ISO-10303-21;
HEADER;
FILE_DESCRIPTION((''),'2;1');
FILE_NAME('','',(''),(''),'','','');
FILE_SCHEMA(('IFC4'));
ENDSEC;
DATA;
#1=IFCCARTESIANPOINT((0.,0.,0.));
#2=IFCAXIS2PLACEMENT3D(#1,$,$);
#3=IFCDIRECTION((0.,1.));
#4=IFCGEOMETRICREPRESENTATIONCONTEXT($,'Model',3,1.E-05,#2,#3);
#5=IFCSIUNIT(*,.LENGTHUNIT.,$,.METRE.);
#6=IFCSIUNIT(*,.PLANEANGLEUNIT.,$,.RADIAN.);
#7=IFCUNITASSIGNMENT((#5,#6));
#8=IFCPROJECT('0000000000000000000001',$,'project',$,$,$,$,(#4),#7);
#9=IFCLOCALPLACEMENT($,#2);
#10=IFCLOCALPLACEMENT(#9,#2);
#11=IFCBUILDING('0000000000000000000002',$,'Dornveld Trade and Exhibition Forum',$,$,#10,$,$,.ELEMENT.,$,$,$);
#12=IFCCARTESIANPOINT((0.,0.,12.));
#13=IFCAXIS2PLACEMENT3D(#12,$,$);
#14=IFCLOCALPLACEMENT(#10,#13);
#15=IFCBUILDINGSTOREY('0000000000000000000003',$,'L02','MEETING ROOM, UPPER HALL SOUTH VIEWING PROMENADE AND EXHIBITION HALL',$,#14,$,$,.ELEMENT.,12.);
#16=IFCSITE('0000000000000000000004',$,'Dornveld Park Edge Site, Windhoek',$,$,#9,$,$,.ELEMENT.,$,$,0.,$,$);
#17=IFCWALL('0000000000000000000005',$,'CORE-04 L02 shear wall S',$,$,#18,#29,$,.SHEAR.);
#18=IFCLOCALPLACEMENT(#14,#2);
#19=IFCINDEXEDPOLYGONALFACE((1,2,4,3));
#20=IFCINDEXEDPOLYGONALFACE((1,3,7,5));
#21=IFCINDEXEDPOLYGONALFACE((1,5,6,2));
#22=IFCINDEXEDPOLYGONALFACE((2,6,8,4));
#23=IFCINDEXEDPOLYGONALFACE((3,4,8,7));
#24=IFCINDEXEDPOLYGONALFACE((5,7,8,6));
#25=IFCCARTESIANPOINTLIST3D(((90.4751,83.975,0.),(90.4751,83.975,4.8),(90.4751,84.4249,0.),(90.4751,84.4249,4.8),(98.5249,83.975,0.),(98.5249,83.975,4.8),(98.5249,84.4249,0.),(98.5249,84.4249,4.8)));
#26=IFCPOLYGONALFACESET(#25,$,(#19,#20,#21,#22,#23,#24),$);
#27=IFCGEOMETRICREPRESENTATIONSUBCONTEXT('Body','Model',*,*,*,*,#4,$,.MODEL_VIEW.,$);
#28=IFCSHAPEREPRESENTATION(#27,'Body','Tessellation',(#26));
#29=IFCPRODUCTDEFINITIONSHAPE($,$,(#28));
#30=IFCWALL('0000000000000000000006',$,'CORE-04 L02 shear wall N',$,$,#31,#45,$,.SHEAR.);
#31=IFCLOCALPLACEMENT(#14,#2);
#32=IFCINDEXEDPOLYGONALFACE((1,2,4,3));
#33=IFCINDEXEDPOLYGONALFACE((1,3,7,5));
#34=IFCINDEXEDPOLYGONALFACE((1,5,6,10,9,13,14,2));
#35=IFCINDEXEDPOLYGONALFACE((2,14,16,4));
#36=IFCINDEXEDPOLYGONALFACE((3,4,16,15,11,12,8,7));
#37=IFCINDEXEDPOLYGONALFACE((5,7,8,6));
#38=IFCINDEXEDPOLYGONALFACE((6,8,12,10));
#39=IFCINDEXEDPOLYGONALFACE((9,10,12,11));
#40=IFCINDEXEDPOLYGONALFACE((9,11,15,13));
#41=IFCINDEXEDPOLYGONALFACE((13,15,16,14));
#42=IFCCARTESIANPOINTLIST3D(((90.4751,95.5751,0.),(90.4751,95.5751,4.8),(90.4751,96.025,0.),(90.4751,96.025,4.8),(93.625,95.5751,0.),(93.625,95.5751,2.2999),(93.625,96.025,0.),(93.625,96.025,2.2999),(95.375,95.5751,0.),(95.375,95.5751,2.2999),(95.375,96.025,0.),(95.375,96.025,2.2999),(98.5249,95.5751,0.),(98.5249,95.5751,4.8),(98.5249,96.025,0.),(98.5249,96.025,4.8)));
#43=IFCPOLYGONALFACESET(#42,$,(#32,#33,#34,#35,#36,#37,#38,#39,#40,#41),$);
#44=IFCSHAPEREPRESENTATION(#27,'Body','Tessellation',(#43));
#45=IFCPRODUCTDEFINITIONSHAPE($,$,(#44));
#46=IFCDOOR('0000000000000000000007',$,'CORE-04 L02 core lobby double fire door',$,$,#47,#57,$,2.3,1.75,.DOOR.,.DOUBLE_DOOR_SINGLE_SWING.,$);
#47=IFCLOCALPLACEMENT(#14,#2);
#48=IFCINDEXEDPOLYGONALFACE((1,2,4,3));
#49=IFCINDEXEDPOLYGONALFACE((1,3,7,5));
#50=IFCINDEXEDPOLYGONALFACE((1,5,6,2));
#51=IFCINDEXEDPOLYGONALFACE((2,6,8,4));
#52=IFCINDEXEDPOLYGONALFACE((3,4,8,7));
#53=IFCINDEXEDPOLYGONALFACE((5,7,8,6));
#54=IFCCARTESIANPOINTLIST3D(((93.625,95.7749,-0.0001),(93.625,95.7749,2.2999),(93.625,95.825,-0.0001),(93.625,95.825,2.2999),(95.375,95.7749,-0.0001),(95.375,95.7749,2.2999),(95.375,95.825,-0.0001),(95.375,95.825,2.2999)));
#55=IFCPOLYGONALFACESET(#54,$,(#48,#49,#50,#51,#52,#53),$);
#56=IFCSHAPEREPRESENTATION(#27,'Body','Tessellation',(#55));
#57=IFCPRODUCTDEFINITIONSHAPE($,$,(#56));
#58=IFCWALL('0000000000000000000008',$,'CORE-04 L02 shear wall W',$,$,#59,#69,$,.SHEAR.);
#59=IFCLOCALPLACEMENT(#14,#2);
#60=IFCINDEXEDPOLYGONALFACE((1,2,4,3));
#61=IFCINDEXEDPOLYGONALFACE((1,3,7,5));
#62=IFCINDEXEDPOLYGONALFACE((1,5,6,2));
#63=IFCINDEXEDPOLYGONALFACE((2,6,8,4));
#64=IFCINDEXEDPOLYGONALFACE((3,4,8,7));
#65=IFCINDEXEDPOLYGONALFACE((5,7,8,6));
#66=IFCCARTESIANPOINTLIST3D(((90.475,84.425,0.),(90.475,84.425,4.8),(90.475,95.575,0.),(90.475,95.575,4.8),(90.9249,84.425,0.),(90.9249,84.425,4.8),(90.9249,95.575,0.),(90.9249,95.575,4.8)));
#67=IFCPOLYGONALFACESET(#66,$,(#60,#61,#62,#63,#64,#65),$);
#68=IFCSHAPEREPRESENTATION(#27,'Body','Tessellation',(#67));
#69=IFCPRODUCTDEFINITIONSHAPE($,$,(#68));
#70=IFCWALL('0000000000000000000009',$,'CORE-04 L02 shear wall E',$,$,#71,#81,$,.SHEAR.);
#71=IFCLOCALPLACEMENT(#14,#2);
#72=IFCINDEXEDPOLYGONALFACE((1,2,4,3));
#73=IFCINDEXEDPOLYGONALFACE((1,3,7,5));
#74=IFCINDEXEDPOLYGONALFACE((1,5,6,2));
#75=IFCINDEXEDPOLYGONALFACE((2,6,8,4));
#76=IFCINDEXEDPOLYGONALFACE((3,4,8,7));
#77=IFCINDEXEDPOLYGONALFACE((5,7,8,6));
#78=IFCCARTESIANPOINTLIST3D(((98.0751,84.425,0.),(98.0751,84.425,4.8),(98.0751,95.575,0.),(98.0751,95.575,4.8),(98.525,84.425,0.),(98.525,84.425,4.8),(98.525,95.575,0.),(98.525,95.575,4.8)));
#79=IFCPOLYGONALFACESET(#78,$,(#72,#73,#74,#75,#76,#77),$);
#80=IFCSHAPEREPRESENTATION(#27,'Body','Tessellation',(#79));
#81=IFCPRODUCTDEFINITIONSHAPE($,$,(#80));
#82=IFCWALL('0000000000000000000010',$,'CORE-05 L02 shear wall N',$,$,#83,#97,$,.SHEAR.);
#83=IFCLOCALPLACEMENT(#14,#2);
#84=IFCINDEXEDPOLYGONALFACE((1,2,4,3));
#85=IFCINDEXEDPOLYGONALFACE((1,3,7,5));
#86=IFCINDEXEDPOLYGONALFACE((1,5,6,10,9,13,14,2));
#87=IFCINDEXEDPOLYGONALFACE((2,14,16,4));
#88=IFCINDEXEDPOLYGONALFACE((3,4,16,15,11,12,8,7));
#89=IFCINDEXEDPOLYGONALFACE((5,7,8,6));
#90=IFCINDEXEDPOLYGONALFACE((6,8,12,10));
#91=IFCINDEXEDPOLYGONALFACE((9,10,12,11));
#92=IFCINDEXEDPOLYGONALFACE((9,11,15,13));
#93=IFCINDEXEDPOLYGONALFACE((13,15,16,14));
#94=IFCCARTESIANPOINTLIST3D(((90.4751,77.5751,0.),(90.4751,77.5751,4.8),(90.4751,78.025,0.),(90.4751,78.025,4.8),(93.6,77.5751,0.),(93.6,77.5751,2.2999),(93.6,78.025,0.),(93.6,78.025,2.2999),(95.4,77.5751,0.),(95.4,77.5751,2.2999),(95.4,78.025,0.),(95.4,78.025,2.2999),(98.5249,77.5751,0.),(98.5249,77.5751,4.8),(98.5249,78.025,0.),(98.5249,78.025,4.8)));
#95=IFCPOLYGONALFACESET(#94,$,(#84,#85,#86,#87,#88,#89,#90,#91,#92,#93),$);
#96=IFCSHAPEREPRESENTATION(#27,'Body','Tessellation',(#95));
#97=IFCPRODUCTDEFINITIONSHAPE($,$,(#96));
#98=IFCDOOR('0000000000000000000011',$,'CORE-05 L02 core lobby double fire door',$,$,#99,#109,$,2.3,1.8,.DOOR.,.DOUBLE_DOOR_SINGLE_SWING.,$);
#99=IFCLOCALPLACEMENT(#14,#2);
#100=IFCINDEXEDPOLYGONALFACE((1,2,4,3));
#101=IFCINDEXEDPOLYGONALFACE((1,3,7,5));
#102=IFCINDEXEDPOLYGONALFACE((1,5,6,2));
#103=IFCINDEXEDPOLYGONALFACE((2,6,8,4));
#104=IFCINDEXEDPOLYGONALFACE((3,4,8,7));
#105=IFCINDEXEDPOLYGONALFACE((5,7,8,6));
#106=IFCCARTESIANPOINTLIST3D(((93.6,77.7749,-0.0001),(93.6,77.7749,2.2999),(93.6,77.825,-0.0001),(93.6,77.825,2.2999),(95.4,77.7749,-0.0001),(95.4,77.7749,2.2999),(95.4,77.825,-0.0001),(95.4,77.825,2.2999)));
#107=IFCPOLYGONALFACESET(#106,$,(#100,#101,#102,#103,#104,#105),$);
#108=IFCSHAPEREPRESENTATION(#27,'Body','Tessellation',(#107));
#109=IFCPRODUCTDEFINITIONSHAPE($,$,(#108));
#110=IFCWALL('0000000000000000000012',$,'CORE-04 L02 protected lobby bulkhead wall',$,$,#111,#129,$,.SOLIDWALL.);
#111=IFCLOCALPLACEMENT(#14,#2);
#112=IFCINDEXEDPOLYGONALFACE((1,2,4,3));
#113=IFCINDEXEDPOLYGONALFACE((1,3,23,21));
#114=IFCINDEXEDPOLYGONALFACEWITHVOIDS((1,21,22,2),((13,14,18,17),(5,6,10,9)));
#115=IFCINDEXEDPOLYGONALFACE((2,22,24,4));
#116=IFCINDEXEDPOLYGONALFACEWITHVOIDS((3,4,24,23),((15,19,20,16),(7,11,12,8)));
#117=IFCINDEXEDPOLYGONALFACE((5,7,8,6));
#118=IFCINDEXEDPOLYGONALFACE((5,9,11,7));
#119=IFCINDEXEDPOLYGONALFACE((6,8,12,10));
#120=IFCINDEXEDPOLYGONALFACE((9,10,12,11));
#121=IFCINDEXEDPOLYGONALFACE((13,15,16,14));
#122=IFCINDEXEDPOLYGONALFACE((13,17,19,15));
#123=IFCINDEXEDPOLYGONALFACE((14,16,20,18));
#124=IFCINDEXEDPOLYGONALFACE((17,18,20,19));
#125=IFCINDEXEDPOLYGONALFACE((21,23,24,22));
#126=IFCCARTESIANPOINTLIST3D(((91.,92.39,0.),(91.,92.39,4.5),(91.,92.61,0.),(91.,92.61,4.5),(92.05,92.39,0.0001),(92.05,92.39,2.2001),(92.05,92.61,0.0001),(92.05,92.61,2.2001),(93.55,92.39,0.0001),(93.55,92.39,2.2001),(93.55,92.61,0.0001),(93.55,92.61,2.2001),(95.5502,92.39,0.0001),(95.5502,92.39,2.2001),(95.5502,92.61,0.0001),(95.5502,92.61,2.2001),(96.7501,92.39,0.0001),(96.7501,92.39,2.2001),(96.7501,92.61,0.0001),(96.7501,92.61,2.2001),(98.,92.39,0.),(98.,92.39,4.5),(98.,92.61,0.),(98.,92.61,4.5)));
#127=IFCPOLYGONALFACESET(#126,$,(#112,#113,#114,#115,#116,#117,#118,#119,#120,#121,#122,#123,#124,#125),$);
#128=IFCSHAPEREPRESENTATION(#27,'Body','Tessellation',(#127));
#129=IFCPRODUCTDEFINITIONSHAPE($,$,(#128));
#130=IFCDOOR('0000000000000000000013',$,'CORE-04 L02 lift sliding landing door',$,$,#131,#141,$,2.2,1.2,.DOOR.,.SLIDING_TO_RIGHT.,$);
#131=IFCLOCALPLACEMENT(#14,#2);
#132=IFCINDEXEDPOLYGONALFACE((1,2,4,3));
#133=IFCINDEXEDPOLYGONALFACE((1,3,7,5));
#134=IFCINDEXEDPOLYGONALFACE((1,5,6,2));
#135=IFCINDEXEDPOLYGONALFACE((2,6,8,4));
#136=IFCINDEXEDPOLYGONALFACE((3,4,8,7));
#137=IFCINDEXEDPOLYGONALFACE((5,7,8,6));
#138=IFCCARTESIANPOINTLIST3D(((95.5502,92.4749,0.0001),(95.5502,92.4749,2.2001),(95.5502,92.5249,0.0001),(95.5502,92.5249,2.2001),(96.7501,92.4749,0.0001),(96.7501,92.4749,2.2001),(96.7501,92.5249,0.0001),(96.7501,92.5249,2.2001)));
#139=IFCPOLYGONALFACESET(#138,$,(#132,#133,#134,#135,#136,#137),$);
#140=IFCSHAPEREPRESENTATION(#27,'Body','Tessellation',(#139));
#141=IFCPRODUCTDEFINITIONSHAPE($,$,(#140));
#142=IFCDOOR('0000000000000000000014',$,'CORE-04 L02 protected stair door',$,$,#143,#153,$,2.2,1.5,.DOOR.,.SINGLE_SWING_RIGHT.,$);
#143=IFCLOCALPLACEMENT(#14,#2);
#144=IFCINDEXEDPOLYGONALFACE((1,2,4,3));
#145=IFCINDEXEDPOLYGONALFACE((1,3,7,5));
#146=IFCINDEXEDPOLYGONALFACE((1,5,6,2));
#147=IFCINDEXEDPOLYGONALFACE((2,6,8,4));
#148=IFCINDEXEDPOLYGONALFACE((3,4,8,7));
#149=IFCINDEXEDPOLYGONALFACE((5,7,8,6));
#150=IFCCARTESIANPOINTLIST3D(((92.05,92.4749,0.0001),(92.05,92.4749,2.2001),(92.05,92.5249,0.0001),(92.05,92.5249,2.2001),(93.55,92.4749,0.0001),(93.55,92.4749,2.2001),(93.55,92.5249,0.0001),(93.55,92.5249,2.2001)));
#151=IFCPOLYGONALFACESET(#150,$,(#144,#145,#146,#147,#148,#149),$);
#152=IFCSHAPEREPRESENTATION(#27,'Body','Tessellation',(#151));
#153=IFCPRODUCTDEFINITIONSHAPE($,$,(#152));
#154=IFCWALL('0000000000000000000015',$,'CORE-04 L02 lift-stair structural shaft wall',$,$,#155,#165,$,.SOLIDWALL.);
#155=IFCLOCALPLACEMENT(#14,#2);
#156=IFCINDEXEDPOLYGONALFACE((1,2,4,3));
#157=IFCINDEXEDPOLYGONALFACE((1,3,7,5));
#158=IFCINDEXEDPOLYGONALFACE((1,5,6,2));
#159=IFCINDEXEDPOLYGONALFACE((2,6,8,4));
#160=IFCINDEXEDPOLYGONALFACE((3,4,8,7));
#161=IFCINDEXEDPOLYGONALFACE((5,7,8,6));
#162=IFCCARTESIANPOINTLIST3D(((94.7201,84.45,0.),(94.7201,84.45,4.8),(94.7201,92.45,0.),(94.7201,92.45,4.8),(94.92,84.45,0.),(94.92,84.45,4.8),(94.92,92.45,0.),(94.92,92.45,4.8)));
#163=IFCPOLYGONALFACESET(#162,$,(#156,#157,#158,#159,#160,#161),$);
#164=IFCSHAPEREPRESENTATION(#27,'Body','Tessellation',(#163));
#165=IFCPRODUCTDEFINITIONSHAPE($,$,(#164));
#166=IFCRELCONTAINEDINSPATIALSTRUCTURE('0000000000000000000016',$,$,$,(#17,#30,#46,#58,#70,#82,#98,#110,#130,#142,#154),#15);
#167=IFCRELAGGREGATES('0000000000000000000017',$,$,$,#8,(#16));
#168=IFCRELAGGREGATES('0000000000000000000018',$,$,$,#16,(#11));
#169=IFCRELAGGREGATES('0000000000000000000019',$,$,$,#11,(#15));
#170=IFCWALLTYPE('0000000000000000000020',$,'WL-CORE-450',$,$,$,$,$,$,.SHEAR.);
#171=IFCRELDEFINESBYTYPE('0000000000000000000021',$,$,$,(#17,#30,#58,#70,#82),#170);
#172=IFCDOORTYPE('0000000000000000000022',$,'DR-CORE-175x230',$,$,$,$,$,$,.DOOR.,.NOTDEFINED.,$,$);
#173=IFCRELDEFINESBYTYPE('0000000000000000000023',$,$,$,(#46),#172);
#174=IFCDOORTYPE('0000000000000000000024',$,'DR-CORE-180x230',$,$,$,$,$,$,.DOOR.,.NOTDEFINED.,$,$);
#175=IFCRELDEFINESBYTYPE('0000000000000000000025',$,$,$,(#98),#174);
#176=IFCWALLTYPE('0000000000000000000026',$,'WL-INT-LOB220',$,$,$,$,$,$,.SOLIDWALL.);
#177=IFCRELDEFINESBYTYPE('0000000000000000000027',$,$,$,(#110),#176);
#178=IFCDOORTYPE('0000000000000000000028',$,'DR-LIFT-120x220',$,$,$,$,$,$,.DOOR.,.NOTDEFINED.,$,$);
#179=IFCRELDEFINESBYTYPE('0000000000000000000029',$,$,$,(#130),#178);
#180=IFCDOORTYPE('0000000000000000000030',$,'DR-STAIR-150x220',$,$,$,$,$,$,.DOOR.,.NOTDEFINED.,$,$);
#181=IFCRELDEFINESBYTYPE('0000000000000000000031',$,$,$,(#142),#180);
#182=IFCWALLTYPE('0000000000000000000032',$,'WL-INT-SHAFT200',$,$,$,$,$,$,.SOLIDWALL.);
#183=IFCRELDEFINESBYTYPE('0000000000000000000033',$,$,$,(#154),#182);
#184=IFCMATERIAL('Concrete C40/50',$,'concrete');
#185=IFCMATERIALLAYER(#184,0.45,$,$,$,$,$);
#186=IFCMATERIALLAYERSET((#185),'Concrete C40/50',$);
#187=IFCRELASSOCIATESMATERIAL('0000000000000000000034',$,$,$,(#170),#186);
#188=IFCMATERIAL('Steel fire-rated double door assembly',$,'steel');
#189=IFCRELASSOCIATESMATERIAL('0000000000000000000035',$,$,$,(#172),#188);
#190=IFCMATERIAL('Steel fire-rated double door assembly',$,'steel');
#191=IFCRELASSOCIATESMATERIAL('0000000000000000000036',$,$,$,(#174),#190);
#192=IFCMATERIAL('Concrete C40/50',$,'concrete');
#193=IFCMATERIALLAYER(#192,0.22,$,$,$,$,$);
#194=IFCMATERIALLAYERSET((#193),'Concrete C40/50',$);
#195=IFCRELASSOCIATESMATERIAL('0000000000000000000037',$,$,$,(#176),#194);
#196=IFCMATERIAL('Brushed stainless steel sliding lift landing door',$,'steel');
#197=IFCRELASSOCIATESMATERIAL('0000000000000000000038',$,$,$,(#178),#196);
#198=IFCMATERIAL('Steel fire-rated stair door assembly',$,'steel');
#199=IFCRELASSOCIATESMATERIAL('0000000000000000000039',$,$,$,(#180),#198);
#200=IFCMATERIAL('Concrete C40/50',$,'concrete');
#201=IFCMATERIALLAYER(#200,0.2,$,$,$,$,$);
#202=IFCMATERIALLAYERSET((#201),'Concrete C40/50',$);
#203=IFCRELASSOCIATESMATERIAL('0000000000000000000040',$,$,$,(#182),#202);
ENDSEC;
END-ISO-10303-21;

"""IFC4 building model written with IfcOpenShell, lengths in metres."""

from ifc_helpers import new_model, si_unit, direction, frame, frame_2d, origin, place, context, subcontext, project, spatial, rectangle, extrude, material, layer, layer_set, type_object, element, fill, save


model = new_model("IFC4")

# Units and contexts
model_context = context("Model", 3, precision=1e-05, world=origin(), true_north=direction((0.0, 1.0)))
body_context = subcontext(model_context, "Body", "Model", "MODEL_VIEW")
ifc_project = project(units=[si_unit("LENGTHUNIT", "METRE"), si_unit("PLANEANGLEUNIT", "RADIAN")], contexts=[model_context])

# Site, building, storey
site_placement = place(None, origin())
site = spatial("IfcSite", under=ifc_project, at=site_placement, Name="Dornveld Park Edge Site, Windhoek", CompositionType="ELEMENT", RefElevation=0.0)
building_placement = place(site_placement, origin())
building = spatial("IfcBuilding", under=site, at=building_placement, Name="Dornveld Trade and Exhibition Forum", CompositionType="ELEMENT")
storey_placement = place(building_placement, frame((0.0, 0.0, 12.0)))
storey = spatial("IfcBuildingStorey", under=building, at=storey_placement, Name="L02", Description="MEETING ROOM, UPPER HALL SOUTH VIEWING PROMENADE AND EXHIBITION HALL", CompositionType="ELEMENT", Elevation=12.0)

# Wall
ifc_material_1 = material(Name="Concrete C40/50", Category="concrete")
ifc_layer_1 = layer(ifc_material_1, 0.45)
ifc_layer_set_1 = layer_set([ifc_layer_1], Name="Concrete C40/50")
wall_type_1 = type_object("IfcWallType", Name="WL-CORE-450", PredefinedType="SHEAR", material=ifc_layer_set_1)
wall_1_placement = place(storey_placement, frame((90.4751, 84.2, 0.0), z_axis=(0.0, 0.0, 1.0), x_axis=(1.0, 0.0, 0.0)))
element("IfcWall", 1, at=wall_1_placement, inside=storey, type_object=wall_type_1, Name="CORE-04 L02 shear wall S", PredefinedType="SHEAR", context=body_context, shape_type="SweptSolid", body=[
    extrude(rectangle(XDim=8.0498, YDim=0.45, at=frame_2d((4.0249, 0.0))), origin(), (0.0, 0.0, 1.0), 4.8),
])

# Wall, opening, door
wall_2_placement = place(storey_placement, frame((90.4751, 95.8, 0.0), z_axis=(0.0, 0.0, 1.0), x_axis=(1.0, 0.0, 0.0)))
wall_2 = element("IfcWall", 2, at=wall_2_placement, inside=storey, type_object=wall_type_1, Name="CORE-04 L02 shear wall N", PredefinedType="SHEAR", context=body_context, shape_type="SweptSolid", body=[
    extrude(rectangle(XDim=8.0498, YDim=0.45, at=frame_2d((4.0249, 0.0))), origin(), (0.0, 0.0, 1.0), 4.8),
])
opening_1_placement = place(wall_2_placement, frame((3.1499, 0.0, 0.0)))
opening_1 = element("IfcOpeningElement", 3, at=opening_1_placement, cuts=wall_2, PredefinedType="OPENING", context=body_context, shape_type="SweptSolid", body=[
    extrude(rectangle(XDim=1.75, YDim=2.3, at=frame_2d((0.875, 1.1499))), frame((0.0, 0.2349, 0.0), z_axis=(0.0, -1.0, 0.0), x_axis=(1.0, 0.0, 0.0)), (0.0, 0.0, 1.0), 0.47),
])
ifc_material_2 = material(Name="Steel fire-rated double door assembly", Category="steel")
door_type_1 = type_object("IfcDoorType", Name="DR-CORE-175x230", OperationType="NOTDEFINED", PredefinedType="DOOR", material=ifc_material_2)
door_1_placement = place(opening_1_placement, origin())
door_1 = element("IfcDoor", 4, at=door_1_placement, inside=storey, type_object=door_type_1, Name="CORE-04 L02 core lobby double fire door", OperationType="DOUBLE_DOOR_SINGLE_SWING", OverallHeight=2.3, OverallWidth=1.75, PredefinedType="DOOR", context=body_context, shape_type="SweptSolid", body=[
    extrude(rectangle(XDim=1.75, YDim=2.3, at=frame_2d((0.875, 1.1499))), frame((0.0, 0.0249, 0.0), z_axis=(0.0, -1.0, 0.0), x_axis=(1.0, 0.0, 0.0)), (0.0, 0.0, 1.0), 0.05),
])
fill(opening_1, door_1)

# Walls
for number, where, z_axis, x_axis, name in (
    (5, (90.7, 84.425, 0.0), (0.0, 0.0, 1.0), (0.0, 1.0, 0.0), "CORE-04 L02 shear wall W"),
    (6, (98.3, 84.425, 0.0), (0.0, 0.0, 1.0), (0.0, 1.0, 0.0), "CORE-04 L02 shear wall E"),
):
    element("IfcWall", number, at=place(storey_placement, frame(where, z_axis=z_axis, x_axis=x_axis)), inside=storey, type_object=wall_type_1, Name=name, PredefinedType="SHEAR", context=body_context, shape_type="SweptSolid", body=[
        extrude(rectangle(XDim=11.1499, YDim=0.45, at=frame_2d((5.575, 0.0))), origin(), (0.0, 0.0, 1.0), 4.8),
    ])

# Wall, opening, door
wall_3_placement = place(storey_placement, frame((90.4751, 77.8, 0.0), z_axis=(0.0, 0.0, 1.0), x_axis=(1.0, 0.0, 0.0)))
wall_3 = element("IfcWall", 7, at=wall_3_placement, inside=storey, type_object=wall_type_1, Name="CORE-05 L02 shear wall N", PredefinedType="SHEAR", context=body_context, shape_type="SweptSolid", body=[
    extrude(rectangle(XDim=8.0498, YDim=0.45, at=frame_2d((4.0249, 0.0))), origin(), (0.0, 0.0, 1.0), 4.8),
])
opening_2_placement = place(wall_3_placement, frame((3.125, 0.0, 0.0)))
opening_2 = element("IfcOpeningElement", 8, at=opening_2_placement, cuts=wall_3, PredefinedType="OPENING", context=body_context, shape_type="SweptSolid", body=[
    extrude(rectangle(XDim=1.8, YDim=2.3, at=frame_2d((0.8999, 1.1499))), frame((0.0, 0.2349, 0.0), z_axis=(0.0, -1.0, 0.0), x_axis=(1.0, 0.0, 0.0)), (0.0, 0.0, 1.0), 0.47),
])
ifc_material_3 = material(Name="Steel fire-rated double door assembly", Category="steel")
door_type_2 = type_object("IfcDoorType", Name="DR-CORE-180x230", OperationType="NOTDEFINED", PredefinedType="DOOR", material=ifc_material_3)
door_2_placement = place(opening_2_placement, origin())
door_2 = element("IfcDoor", 9, at=door_2_placement, inside=storey, type_object=door_type_2, Name="CORE-05 L02 core lobby double fire door", OperationType="DOUBLE_DOOR_SINGLE_SWING", OverallHeight=2.3, OverallWidth=1.8, PredefinedType="DOOR", context=body_context, shape_type="SweptSolid", body=[
    extrude(rectangle(XDim=1.8, YDim=2.3, at=frame_2d((0.8999, 1.1499))), frame((0.0, 0.0249, 0.0), z_axis=(0.0, -1.0, 0.0), x_axis=(1.0, 0.0, 0.0)), (0.0, 0.0, 1.0), 0.05),
])
fill(opening_2, door_2)

# Wall, openings, doors
ifc_material_4 = material(Name="Concrete C40/50", Category="concrete")
ifc_layer_2 = layer(ifc_material_4, 0.22)
ifc_layer_set_2 = layer_set([ifc_layer_2], Name="Concrete C40/50")
wall_type_2 = type_object("IfcWallType", Name="WL-INT-LOB220", PredefinedType="SOLIDWALL", material=ifc_layer_set_2)
wall_4_placement = place(storey_placement, frame((91.0, 92.5, 0.0), z_axis=(0.0, 0.0, 1.0), x_axis=(1.0, 0.0, 0.0)))
wall_4 = element("IfcWall", 10, at=wall_4_placement, inside=storey, type_object=wall_type_2, Name="CORE-04 L02 protected lobby bulkhead wall", PredefinedType="SOLIDWALL", context=body_context, shape_type="SweptSolid", body=[
    extrude(rectangle(XDim=7.0, YDim=0.22, at=frame_2d((3.5, 0.0))), origin(), (0.0, 0.0, 1.0), 4.5),
])
opening_3_placement = place(wall_4_placement, frame((1.05, 0.0, 0.0)))
opening_3 = element("IfcOpeningElement", 11, at=opening_3_placement, cuts=wall_4, PredefinedType="OPENING", context=body_context, shape_type="SweptSolid", body=[
    extrude(rectangle(XDim=1.5, YDim=2.2, at=frame_2d((0.75, 1.1001))), frame((0.0, 0.1199, 0.0), z_axis=(0.0, -1.0, 0.0), x_axis=(1.0, 0.0, 0.0)), (0.0, 0.0, 1.0), 0.24),
])
opening_4_placement = place(wall_4_placement, frame((4.55, 0.0, 0.0)))
opening_4 = element("IfcOpeningElement", 12, at=opening_4_placement, cuts=wall_4, PredefinedType="OPENING", context=body_context, shape_type="SweptSolid", body=[
    extrude(rectangle(XDim=1.2, YDim=2.2, at=frame_2d((0.6001, 1.1001))), frame((0.0, 0.1199, 0.0), z_axis=(0.0, -1.0, 0.0), x_axis=(1.0, 0.0, 0.0)), (0.0, 0.0, 1.0), 0.24),
])
ifc_material_5 = material(Name="Brushed stainless steel sliding lift landing door", Category="steel")
door_type_3 = type_object("IfcDoorType", Name="DR-LIFT-120x220", OperationType="NOTDEFINED", PredefinedType="DOOR", material=ifc_material_5)
door_3_placement = place(opening_4_placement, origin())
door_3 = element("IfcDoor", 13, at=door_3_placement, inside=storey, type_object=door_type_3, Name="CORE-04 L02 lift sliding landing door", OperationType="SLIDING_TO_RIGHT", OverallHeight=2.2, OverallWidth=1.2, PredefinedType="DOOR", context=body_context, shape_type="SweptSolid", body=[
    extrude(rectangle(XDim=1.2, YDim=2.2, at=frame_2d((0.6001, 1.1001))), frame((0.0, 0.0249, 0.0), z_axis=(0.0, -1.0, 0.0), x_axis=(1.0, 0.0, 0.0)), (0.0, 0.0, 1.0), 0.05),
])
fill(opening_4, door_3)
ifc_material_6 = material(Name="Steel fire-rated stair door assembly", Category="steel")
door_type_4 = type_object("IfcDoorType", Name="DR-STAIR-150x220", OperationType="NOTDEFINED", PredefinedType="DOOR", material=ifc_material_6)
door_4_placement = place(opening_3_placement, origin())
door_4 = element("IfcDoor", 14, at=door_4_placement, inside=storey, type_object=door_type_4, Name="CORE-04 L02 protected stair door", OperationType="SINGLE_SWING_RIGHT", OverallHeight=2.2, OverallWidth=1.5, PredefinedType="DOOR", context=body_context, shape_type="SweptSolid", body=[
    extrude(rectangle(XDim=1.5, YDim=2.2, at=frame_2d((0.75, 1.1001))), frame((0.0, 0.0249, 0.0), z_axis=(0.0, -1.0, 0.0), x_axis=(1.0, 0.0, 0.0)), (0.0, 0.0, 1.0), 0.05),
])
fill(opening_3, door_4)

# Wall
ifc_material_7 = material(Name="Concrete C40/50", Category="concrete")
ifc_layer_3 = layer(ifc_material_7, 0.2)
ifc_layer_set_3 = layer_set([ifc_layer_3], Name="Concrete C40/50")
wall_type_3 = type_object("IfcWallType", Name="WL-INT-SHAFT200", PredefinedType="SOLIDWALL", material=ifc_layer_set_3)
wall_5_placement = place(storey_placement, frame((94.8201, 84.45, 0.0), z_axis=(0.0, 0.0, 1.0), x_axis=(0.0, 1.0, 0.0)))
element("IfcWall", 15, at=wall_5_placement, inside=storey, type_object=wall_type_3, Name="CORE-04 L02 lift-stair structural shaft wall", PredefinedType="SOLIDWALL", context=body_context, shape_type="SweptSolid", body=[
    extrude(rectangle(XDim=8.0, YDim=0.2, at=frame_2d((4.0, 0.0))), origin(), (0.0, 0.0, 1.0), 4.8),
])

save(model, "model.ifc")
